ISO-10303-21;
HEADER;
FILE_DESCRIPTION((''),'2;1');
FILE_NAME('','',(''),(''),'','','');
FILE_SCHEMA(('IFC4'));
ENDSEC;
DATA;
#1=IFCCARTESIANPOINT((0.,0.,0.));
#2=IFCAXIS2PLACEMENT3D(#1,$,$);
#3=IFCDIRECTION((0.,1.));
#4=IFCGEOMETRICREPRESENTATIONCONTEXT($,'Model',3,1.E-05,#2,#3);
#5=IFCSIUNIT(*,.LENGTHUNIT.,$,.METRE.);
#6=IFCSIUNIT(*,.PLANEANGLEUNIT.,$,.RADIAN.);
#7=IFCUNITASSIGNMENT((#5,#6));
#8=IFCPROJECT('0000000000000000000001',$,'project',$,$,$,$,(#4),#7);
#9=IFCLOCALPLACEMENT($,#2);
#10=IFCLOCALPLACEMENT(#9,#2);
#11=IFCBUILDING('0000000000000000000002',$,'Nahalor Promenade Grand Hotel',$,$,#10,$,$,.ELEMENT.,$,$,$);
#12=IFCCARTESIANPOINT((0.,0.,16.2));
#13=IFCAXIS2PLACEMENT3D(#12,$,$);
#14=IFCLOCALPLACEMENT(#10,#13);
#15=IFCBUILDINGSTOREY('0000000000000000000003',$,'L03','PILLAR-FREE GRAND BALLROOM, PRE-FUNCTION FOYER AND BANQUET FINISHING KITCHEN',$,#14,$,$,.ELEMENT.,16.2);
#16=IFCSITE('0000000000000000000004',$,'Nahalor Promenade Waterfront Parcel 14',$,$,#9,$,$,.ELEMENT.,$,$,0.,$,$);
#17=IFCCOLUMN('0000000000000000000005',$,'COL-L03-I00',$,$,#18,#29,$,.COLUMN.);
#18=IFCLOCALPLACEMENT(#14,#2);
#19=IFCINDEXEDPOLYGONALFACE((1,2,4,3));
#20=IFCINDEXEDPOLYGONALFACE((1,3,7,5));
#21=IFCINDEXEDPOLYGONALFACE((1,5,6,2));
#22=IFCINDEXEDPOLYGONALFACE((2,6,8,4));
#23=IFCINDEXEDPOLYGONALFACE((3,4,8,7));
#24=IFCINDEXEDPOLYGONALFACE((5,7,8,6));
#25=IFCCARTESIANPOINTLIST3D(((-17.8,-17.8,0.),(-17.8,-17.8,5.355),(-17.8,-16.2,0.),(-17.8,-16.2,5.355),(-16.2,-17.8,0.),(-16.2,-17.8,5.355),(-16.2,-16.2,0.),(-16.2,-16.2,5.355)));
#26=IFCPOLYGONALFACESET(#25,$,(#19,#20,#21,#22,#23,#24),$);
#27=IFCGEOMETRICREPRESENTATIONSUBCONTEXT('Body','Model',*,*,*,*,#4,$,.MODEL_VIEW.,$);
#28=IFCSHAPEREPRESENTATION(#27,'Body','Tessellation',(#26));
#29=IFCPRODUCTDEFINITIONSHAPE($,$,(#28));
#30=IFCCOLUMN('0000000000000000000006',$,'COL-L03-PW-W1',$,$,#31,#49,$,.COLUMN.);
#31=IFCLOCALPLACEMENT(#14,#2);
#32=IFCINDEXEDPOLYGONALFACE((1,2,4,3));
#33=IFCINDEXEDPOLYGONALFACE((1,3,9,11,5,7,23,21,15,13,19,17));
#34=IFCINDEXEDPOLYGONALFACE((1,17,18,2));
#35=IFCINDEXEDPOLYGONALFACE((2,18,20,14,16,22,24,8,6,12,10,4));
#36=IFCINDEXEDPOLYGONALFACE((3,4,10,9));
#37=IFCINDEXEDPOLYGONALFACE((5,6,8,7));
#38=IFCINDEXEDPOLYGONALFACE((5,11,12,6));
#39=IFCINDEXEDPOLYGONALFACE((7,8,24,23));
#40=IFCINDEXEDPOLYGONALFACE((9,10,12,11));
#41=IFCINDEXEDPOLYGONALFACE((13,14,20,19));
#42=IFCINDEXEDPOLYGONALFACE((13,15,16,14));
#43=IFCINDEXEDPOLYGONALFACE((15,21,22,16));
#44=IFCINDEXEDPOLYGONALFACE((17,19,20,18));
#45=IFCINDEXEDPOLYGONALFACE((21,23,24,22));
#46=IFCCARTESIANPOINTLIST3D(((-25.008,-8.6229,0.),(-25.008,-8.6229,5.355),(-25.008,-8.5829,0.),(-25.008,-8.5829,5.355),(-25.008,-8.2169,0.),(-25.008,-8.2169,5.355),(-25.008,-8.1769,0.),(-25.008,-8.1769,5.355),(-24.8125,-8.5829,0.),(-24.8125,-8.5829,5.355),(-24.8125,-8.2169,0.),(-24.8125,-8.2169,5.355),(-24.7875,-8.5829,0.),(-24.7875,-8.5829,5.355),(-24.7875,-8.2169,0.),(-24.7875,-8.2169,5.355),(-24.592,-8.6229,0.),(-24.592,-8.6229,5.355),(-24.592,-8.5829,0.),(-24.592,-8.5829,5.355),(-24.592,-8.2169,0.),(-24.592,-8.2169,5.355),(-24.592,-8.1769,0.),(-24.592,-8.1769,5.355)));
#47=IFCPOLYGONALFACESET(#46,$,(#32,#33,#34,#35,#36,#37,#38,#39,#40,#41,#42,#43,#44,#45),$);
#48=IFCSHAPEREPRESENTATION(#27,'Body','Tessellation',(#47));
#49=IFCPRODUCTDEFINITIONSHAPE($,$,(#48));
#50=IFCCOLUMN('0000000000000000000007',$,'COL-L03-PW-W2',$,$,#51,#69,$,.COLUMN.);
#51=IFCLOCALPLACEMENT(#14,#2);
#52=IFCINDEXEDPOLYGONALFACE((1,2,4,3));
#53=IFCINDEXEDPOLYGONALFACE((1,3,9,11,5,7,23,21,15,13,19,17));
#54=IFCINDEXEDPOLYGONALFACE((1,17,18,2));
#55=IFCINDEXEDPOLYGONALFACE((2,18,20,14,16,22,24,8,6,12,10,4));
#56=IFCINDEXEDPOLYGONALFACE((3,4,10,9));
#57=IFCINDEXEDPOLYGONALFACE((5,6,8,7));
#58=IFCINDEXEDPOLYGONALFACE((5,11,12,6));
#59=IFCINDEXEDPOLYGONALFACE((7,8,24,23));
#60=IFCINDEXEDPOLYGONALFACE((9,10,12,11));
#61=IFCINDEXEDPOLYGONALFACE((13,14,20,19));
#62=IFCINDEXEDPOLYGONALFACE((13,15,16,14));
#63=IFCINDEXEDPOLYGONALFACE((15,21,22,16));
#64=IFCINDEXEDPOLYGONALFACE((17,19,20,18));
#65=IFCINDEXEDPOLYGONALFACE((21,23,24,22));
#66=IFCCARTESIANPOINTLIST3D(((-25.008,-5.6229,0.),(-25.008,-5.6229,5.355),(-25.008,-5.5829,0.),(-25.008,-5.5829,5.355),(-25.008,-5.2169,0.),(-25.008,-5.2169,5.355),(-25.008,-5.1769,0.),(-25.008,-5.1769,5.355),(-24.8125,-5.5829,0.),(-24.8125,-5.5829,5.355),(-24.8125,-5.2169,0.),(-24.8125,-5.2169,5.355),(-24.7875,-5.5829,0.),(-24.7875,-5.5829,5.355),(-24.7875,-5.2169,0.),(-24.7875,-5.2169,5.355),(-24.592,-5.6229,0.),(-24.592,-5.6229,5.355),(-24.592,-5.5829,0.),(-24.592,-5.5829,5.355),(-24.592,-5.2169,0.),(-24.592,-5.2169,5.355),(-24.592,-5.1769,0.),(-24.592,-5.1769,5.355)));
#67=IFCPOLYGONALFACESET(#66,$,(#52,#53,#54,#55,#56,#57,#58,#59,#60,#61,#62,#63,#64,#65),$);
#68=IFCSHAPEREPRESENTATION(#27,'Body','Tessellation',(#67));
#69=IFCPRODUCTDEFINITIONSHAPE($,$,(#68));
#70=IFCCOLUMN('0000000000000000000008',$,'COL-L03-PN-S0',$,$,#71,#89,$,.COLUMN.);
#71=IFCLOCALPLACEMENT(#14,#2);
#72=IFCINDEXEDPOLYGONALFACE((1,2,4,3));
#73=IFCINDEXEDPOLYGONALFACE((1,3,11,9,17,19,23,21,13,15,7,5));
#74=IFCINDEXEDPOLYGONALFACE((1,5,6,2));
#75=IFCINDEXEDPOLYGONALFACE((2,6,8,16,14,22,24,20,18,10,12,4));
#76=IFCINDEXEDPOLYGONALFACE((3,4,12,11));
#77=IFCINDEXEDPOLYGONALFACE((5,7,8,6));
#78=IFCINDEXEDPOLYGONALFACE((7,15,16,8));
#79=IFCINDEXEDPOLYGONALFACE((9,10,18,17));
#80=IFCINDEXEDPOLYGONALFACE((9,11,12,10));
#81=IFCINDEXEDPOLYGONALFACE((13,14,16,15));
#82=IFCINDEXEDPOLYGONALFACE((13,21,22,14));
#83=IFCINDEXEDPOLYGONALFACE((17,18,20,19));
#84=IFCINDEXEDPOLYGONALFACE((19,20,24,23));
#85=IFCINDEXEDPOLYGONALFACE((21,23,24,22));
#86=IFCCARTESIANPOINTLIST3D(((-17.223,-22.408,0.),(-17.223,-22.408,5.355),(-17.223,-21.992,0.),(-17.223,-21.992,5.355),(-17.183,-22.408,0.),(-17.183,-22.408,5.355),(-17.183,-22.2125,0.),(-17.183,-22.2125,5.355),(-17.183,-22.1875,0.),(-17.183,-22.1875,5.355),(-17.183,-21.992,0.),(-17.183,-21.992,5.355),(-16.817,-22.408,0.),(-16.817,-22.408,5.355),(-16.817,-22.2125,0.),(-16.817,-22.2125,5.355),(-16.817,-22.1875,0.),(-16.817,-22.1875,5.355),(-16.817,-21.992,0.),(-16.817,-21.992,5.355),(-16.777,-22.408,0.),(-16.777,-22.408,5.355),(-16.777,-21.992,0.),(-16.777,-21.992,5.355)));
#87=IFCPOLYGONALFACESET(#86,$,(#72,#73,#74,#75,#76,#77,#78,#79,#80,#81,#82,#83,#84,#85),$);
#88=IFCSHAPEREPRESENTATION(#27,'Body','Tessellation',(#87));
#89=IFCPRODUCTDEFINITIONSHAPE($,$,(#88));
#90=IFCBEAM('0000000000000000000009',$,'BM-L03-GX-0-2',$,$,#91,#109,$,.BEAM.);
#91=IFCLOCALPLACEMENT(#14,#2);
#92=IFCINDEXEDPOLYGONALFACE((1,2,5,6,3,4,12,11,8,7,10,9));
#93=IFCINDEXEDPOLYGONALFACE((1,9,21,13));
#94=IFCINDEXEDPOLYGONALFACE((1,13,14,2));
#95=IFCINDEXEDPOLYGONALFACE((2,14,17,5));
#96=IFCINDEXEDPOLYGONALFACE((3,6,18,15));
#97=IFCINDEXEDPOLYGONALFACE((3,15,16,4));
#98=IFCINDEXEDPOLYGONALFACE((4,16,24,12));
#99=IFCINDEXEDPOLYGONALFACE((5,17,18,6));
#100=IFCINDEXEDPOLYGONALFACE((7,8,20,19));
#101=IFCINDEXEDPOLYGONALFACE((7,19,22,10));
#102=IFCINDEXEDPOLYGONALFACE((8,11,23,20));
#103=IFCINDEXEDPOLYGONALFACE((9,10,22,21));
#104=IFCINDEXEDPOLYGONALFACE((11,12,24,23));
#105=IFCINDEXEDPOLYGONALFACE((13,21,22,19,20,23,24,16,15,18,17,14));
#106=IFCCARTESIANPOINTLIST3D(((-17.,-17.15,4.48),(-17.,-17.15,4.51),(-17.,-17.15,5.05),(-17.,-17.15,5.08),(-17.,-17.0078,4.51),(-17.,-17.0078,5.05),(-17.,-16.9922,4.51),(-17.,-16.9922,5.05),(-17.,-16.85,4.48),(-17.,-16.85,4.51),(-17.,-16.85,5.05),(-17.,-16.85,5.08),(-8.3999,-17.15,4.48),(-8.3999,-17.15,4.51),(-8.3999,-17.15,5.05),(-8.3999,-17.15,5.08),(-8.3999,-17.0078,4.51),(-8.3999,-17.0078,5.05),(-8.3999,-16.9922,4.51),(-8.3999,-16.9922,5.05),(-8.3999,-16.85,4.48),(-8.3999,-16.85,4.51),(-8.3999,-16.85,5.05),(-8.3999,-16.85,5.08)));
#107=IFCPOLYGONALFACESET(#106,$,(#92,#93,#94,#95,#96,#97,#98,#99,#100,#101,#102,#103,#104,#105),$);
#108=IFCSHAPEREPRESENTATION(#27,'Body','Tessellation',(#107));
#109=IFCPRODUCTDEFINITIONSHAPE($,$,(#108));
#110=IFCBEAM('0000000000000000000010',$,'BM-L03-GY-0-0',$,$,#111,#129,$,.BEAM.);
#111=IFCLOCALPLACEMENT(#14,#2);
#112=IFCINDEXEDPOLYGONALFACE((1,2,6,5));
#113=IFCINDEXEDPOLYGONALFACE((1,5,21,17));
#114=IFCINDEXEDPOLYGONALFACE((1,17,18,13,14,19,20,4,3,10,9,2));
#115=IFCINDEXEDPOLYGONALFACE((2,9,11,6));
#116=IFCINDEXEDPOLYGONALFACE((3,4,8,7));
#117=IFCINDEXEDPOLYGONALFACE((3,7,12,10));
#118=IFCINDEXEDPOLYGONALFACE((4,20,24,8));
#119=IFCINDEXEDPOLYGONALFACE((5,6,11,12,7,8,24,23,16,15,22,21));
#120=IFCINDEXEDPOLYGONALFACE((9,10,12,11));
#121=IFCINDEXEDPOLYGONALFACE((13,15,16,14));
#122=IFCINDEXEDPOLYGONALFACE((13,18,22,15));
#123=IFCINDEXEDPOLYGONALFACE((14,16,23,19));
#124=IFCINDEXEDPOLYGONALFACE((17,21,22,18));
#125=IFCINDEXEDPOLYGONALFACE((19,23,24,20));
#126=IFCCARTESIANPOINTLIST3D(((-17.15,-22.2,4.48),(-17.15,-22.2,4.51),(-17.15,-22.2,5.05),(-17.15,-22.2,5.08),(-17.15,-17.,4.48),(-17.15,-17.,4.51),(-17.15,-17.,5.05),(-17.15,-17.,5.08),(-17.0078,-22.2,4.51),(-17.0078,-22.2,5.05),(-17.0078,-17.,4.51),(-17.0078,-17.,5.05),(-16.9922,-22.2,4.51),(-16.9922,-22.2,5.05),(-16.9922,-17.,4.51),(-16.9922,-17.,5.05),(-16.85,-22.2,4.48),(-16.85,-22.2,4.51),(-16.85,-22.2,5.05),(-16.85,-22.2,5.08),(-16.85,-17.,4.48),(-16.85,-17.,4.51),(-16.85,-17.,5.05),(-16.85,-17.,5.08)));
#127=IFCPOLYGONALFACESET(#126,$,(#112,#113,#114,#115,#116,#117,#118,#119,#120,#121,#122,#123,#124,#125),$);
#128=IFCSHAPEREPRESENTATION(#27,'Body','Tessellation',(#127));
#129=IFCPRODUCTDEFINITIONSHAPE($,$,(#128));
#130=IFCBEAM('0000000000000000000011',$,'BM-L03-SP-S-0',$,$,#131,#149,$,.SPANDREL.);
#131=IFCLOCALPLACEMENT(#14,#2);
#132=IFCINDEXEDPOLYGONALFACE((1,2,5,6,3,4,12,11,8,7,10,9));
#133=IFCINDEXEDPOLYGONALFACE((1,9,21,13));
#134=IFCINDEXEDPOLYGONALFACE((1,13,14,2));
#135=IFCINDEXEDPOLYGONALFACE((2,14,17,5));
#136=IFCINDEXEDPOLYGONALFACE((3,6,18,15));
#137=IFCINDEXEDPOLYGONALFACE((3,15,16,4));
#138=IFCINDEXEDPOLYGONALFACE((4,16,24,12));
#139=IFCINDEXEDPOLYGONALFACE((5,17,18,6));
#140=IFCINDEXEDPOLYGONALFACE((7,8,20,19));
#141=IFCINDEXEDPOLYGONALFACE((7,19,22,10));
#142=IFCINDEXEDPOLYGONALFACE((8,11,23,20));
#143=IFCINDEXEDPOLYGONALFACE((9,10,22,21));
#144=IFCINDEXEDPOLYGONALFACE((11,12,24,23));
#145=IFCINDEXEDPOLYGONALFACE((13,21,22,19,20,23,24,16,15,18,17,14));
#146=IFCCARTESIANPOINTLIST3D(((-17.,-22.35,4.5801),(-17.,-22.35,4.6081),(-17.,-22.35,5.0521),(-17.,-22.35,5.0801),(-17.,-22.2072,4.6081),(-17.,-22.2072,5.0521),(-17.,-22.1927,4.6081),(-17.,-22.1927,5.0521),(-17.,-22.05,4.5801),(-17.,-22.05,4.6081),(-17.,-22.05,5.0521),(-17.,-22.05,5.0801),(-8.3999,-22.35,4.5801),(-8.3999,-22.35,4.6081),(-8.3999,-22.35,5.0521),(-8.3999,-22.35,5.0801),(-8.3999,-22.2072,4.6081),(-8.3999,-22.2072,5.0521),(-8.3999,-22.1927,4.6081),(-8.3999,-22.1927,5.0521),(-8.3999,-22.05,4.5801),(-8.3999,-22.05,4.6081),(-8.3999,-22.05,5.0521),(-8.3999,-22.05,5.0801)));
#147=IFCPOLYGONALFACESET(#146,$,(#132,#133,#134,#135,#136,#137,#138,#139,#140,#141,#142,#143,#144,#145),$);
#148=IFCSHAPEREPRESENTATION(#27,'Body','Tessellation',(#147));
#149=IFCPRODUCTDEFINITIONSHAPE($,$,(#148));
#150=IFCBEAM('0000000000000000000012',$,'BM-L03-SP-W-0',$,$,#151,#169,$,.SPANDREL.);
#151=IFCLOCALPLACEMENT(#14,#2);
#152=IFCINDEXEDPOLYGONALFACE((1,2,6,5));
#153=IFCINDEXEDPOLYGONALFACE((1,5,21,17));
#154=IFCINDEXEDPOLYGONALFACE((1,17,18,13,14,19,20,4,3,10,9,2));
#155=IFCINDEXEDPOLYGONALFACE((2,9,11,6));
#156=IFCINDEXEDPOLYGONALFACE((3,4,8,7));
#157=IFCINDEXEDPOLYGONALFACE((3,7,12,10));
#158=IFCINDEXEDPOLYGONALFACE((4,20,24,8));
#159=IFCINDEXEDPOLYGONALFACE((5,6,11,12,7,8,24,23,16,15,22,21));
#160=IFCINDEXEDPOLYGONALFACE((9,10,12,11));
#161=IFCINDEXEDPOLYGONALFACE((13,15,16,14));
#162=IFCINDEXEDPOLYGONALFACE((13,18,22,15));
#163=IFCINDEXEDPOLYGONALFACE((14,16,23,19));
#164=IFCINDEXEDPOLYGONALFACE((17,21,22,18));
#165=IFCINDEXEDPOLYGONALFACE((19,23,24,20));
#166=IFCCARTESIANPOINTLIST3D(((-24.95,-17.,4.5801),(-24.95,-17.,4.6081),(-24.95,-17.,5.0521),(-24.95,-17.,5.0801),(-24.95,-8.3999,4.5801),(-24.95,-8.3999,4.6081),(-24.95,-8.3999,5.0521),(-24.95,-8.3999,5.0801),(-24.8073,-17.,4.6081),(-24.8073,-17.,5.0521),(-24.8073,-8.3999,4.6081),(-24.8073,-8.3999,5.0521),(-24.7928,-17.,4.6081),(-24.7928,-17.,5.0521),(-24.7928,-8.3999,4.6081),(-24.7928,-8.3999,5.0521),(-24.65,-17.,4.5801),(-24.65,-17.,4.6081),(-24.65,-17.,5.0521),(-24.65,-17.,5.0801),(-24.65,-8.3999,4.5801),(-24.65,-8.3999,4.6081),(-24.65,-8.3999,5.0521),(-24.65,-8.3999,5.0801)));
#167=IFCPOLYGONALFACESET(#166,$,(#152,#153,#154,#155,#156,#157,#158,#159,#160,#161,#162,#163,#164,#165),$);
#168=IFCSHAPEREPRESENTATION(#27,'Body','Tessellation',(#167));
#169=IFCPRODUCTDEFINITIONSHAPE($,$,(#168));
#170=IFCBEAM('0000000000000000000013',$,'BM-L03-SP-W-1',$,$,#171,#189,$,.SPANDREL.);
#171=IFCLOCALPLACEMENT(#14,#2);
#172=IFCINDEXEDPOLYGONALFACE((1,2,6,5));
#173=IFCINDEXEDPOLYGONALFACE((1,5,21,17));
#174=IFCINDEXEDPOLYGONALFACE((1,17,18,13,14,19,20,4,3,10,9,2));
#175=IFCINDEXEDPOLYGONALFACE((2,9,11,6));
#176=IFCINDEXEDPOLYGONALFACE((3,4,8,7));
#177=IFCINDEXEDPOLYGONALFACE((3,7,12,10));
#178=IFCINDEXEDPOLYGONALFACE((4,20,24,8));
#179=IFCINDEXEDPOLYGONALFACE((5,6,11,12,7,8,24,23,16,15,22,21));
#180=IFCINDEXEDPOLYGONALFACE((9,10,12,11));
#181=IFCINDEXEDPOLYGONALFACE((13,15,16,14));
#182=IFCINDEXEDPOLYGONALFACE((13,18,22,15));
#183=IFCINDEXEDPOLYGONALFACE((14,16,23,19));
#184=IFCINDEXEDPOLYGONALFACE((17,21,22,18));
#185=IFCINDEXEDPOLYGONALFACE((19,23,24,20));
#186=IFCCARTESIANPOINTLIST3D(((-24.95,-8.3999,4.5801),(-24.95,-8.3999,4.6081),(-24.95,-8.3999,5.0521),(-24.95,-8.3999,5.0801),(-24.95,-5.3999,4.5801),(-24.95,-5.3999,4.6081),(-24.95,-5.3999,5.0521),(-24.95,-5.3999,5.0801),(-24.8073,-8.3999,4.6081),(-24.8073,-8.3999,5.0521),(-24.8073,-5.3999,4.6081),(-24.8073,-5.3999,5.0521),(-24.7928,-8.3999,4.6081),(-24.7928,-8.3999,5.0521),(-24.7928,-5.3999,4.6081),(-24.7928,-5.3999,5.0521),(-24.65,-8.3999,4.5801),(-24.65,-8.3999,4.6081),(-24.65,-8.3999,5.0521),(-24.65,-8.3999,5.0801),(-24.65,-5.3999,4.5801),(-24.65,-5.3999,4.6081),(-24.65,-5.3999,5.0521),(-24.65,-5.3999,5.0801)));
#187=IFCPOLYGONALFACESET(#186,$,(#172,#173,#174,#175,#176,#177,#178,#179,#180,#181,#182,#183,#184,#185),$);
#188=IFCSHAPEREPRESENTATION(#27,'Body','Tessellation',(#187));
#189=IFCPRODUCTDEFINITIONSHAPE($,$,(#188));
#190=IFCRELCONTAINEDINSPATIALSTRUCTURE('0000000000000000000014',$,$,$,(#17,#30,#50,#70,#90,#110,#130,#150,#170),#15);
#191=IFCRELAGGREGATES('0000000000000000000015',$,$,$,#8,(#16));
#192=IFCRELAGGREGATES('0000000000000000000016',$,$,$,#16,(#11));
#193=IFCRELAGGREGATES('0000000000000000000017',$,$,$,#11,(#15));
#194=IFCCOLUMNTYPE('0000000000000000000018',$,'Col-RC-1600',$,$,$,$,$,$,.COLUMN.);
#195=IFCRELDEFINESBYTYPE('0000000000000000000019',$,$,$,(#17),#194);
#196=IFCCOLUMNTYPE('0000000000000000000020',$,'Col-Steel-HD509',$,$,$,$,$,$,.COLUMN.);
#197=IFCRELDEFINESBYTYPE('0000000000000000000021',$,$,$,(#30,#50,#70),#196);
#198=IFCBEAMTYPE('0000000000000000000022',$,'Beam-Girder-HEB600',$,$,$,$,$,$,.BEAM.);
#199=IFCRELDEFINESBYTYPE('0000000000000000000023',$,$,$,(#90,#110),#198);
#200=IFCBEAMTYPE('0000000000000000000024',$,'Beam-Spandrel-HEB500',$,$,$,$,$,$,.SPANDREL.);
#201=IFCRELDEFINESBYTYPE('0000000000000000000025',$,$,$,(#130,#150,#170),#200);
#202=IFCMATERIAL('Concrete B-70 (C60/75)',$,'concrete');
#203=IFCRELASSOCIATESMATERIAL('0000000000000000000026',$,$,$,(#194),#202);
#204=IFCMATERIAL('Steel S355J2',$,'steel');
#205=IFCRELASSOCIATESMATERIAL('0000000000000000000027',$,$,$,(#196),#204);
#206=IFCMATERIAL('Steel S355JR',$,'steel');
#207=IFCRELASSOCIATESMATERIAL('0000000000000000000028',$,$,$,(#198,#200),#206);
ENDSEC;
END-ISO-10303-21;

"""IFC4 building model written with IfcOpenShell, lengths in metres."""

from ifc_helpers import new_model, si_unit, direction, frame, origin, origin_2d, place, context, subcontext, project, spatial, rectangle, i_section, extrude, source, transform, mapped, material, material_profile, profile_set, type_object, element, save


model = new_model("IFC4")

# Units and contexts
model_context = context("Model", 3, precision=1e-05, world=origin(), true_north=direction((0.0, 1.0)))
body_context = subcontext(model_context, "Body", "Model", "MODEL_VIEW")
ifc_project = project(units=[si_unit("LENGTHUNIT", "METRE"), si_unit("PLANEANGLEUNIT", "RADIAN")], contexts=[model_context])

# Site, building, storey
site_placement = place(None, origin())
site = spatial("IfcSite", under=ifc_project, at=site_placement, Name="Nahalor Promenade Waterfront Parcel 14", CompositionType="ELEMENT", RefElevation=0.0)
building_placement = place(site_placement, origin())
building = spatial("IfcBuilding", under=site, at=building_placement, Name="Nahalor Promenade Grand Hotel", CompositionType="ELEMENT")
storey_placement = place(building_placement, frame((0.0, 0.0, 16.2)))
storey = spatial("IfcBuildingStorey", under=building, at=storey_placement, Name="L03", Description="PILLAR-FREE GRAND BALLROOM, PRE-FUNCTION FOYER AND BANQUET FINISHING KITCHEN", CompositionType="ELEMENT", Elevation=16.2)

# Columns
ifc_material_1 = material(Name="Concrete B-70 (C60/75)", Category="concrete")
ifc_material_profile_1 = material_profile(ifc_material_1, rectangle(XDim=1.6, YDim=1.6, at=origin_2d()), Name="RC 1600x1600")
ifc_profile_set_1 = profile_set([ifc_material_profile_1], Name="Concrete B-70 (C60/75)")
column_type_1 = type_object("IfcColumnType", Name="Col-RC-1600", PredefinedType="COLUMN", material=ifc_profile_set_1)
shared_shape_1 = source(origin(), body_context, "Body", "SweptSolid", [
    extrude(rectangle(XDim=1.6, YDim=1.6, at=origin_2d()), origin(), (0.0, 0.0, 1.0), 5.355),
])
column_placement = place(storey_placement, frame((-17.0, -17.0, 0.0), z_axis=(0.0, 0.0, 1.0), x_axis=(1.0, 0.0, 0.0)))
element("IfcColumn", 1, at=column_placement, inside=storey, type_object=column_type_1, Name="COL-L03-I00", PredefinedType="COLUMN", context=body_context, shape_type="MappedRepresentation", body=[
    mapped(shared_shape_1, transform((0.0, 0.0, 0.0), scale=1.0)),
])
ifc_material_2 = material(Name="Steel S355J2", Category="steel")
ifc_material_profile_2 = material_profile(ifc_material_2, i_section(OverallWidth=0.416, OverallDepth=0.446, WebThickness=0.025, FlangeThickness=0.04, at=origin_2d()), Name="HD 400x509")
ifc_profile_set_2 = profile_set([ifc_material_profile_2], Name="Steel S355J2")
column_type_2 = type_object("IfcColumnType", Name="Col-Steel-HD509", PredefinedType="COLUMN", material=ifc_profile_set_2)
shared_shape_2 = source(origin(), body_context, "Body", "SweptSolid", [
    extrude(i_section(OverallWidth=0.416, OverallDepth=0.446, WebThickness=0.025, FlangeThickness=0.04, at=origin_2d()), origin(), (0.0, 0.0, 1.0), 5.355),
])
for number, where, z_axis, x_axis, name in (
    (2, (-24.8, -8.3999, 0.0), (0.0, 0.0, 1.0), (1.0, 0.0, 0.0), "COL-L03-PW-W1"),
    (3, (-24.8, -5.3999, 0.0), (0.0, 0.0, 1.0), (1.0, 0.0, 0.0), "COL-L03-PW-W2"),
    (4, (-17.0, -22.2, 0.0), (0.0, 0.0, 1.0), (0.0, 1.0, 0.0), "COL-L03-PN-S0"),
):
    element("IfcColumn", number, at=place(storey_placement, frame(where, z_axis=z_axis, x_axis=x_axis)), inside=storey, type_object=column_type_2, Name=name, PredefinedType="COLUMN", context=body_context, shape_type="MappedRepresentation", body=[
        mapped(shared_shape_2, transform((0.0, 0.0, 0.0), scale=1.0)),
    ])

# Beams
ifc_material_3 = material(Name="Steel S355JR", Category="steel")
ifc_material_profile_3 = material_profile(ifc_material_3, i_section(OverallWidth=0.3, OverallDepth=0.6, WebThickness=0.0155, FlangeThickness=0.03, at=origin_2d()), Name="HEB 600")
ifc_profile_set_3 = profile_set([ifc_material_profile_3], Name="Steel S355JR")
beam_type_1 = type_object("IfcBeamType", Name="Beam-Girder-HEB600", PredefinedType="BEAM", material=ifc_profile_set_3)
shared_shape_3 = source(origin(), body_context, "Body", "SweptSolid", [
    extrude(i_section(OverallWidth=0.3, OverallDepth=0.6, WebThickness=0.0155, FlangeThickness=0.03, at=origin_2d()), origin(), (0.0, 0.0, 1.0), 8.6001),
])
beam_1_placement = place(storey_placement, frame((-17.0, -17.0, 4.78), z_axis=(1.0, 0.0, 0.0), x_axis=(0.0, 1.0, 0.0)))
element("IfcBeam", 5, at=beam_1_placement, inside=storey, type_object=beam_type_1, Name="BM-L03-GX-0-2", PredefinedType="BEAM", context=body_context, shape_type="MappedRepresentation", body=[
    mapped(shared_shape_3, transform((0.0, 0.0, 0.0), scale=1.0)),
])
shared_shape_4 = source(origin(), body_context, "Body", "SweptSolid", [
    extrude(i_section(OverallWidth=0.3, OverallDepth=0.6, WebThickness=0.0155, FlangeThickness=0.03, at=origin_2d()), origin(), (0.0, 0.0, 1.0), 5.2),
])
beam_2_placement = place(storey_placement, frame((-17.0, -22.2, 4.78), z_axis=(0.0, 1.0, 0.0), x_axis=(-1.0, 0.0, 0.0)))
element("IfcBeam", 6, at=beam_2_placement, inside=storey, type_object=beam_type_1, Name="BM-L03-GY-0-0", PredefinedType="BEAM", context=body_context, shape_type="MappedRepresentation", body=[
    mapped(shared_shape_4, transform((0.0, 0.0, 0.0), scale=1.0)),
])
ifc_material_profile_4 = material_profile(ifc_material_3, i_section(OverallWidth=0.3, OverallDepth=0.5, WebThickness=0.0145, FlangeThickness=0.028, at=origin_2d()), Name="HEB 500")
ifc_profile_set_4 = profile_set([ifc_material_profile_4], Name="Steel S355JR")
beam_type_2 = type_object("IfcBeamType", Name="Beam-Spandrel-HEB500", PredefinedType="SPANDREL", material=ifc_profile_set_4)
shared_shape_5 = source(origin(), body_context, "Body", "SweptSolid", [
    extrude(i_section(OverallWidth=0.3, OverallDepth=0.5, WebThickness=0.0145, FlangeThickness=0.028, at=origin_2d()), origin(), (0.0, 0.0, 1.0), 8.6001),
])
for number, where, z_axis, x_axis, name in (
    (7, (-17.0, -22.2, 4.8301), (1.0, 0.0, 0.0), (0.0, 1.0, 0.0), "BM-L03-SP-S-0"),
    (8, (-24.8, -17.0, 4.8301), (0.0, 1.0, 0.0), (-1.0, 0.0, 0.0), "BM-L03-SP-W-0"),
):
    element("IfcBeam", number, at=place(storey_placement, frame(where, z_axis=z_axis, x_axis=x_axis)), inside=storey, type_object=beam_type_2, Name=name, PredefinedType="SPANDREL", context=body_context, shape_type="MappedRepresentation", body=[
        mapped(shared_shape_5, transform((0.0, 0.0, 0.0), scale=1.0)),
    ])
shared_shape_6 = source(origin(), body_context, "Body", "SweptSolid", [
    extrude(i_section(OverallWidth=0.3, OverallDepth=0.5, WebThickness=0.0145, FlangeThickness=0.028, at=origin_2d()), origin(), (0.0, 0.0, 1.0), 3.0),
])
beam_3_placement = place(storey_placement, frame((-24.8, -8.3999, 4.8301), z_axis=(0.0, 1.0, 0.0), x_axis=(-1.0, 0.0, 0.0)))
element("IfcBeam", 9, at=beam_3_placement, inside=storey, type_object=beam_type_2, Name="BM-L03-SP-W-1", PredefinedType="SPANDREL", context=body_context, shape_type="MappedRepresentation", body=[
    mapped(shared_shape_6, transform((0.0, 0.0, 0.0), scale=1.0)),
])

save(model, "model.ifc")
